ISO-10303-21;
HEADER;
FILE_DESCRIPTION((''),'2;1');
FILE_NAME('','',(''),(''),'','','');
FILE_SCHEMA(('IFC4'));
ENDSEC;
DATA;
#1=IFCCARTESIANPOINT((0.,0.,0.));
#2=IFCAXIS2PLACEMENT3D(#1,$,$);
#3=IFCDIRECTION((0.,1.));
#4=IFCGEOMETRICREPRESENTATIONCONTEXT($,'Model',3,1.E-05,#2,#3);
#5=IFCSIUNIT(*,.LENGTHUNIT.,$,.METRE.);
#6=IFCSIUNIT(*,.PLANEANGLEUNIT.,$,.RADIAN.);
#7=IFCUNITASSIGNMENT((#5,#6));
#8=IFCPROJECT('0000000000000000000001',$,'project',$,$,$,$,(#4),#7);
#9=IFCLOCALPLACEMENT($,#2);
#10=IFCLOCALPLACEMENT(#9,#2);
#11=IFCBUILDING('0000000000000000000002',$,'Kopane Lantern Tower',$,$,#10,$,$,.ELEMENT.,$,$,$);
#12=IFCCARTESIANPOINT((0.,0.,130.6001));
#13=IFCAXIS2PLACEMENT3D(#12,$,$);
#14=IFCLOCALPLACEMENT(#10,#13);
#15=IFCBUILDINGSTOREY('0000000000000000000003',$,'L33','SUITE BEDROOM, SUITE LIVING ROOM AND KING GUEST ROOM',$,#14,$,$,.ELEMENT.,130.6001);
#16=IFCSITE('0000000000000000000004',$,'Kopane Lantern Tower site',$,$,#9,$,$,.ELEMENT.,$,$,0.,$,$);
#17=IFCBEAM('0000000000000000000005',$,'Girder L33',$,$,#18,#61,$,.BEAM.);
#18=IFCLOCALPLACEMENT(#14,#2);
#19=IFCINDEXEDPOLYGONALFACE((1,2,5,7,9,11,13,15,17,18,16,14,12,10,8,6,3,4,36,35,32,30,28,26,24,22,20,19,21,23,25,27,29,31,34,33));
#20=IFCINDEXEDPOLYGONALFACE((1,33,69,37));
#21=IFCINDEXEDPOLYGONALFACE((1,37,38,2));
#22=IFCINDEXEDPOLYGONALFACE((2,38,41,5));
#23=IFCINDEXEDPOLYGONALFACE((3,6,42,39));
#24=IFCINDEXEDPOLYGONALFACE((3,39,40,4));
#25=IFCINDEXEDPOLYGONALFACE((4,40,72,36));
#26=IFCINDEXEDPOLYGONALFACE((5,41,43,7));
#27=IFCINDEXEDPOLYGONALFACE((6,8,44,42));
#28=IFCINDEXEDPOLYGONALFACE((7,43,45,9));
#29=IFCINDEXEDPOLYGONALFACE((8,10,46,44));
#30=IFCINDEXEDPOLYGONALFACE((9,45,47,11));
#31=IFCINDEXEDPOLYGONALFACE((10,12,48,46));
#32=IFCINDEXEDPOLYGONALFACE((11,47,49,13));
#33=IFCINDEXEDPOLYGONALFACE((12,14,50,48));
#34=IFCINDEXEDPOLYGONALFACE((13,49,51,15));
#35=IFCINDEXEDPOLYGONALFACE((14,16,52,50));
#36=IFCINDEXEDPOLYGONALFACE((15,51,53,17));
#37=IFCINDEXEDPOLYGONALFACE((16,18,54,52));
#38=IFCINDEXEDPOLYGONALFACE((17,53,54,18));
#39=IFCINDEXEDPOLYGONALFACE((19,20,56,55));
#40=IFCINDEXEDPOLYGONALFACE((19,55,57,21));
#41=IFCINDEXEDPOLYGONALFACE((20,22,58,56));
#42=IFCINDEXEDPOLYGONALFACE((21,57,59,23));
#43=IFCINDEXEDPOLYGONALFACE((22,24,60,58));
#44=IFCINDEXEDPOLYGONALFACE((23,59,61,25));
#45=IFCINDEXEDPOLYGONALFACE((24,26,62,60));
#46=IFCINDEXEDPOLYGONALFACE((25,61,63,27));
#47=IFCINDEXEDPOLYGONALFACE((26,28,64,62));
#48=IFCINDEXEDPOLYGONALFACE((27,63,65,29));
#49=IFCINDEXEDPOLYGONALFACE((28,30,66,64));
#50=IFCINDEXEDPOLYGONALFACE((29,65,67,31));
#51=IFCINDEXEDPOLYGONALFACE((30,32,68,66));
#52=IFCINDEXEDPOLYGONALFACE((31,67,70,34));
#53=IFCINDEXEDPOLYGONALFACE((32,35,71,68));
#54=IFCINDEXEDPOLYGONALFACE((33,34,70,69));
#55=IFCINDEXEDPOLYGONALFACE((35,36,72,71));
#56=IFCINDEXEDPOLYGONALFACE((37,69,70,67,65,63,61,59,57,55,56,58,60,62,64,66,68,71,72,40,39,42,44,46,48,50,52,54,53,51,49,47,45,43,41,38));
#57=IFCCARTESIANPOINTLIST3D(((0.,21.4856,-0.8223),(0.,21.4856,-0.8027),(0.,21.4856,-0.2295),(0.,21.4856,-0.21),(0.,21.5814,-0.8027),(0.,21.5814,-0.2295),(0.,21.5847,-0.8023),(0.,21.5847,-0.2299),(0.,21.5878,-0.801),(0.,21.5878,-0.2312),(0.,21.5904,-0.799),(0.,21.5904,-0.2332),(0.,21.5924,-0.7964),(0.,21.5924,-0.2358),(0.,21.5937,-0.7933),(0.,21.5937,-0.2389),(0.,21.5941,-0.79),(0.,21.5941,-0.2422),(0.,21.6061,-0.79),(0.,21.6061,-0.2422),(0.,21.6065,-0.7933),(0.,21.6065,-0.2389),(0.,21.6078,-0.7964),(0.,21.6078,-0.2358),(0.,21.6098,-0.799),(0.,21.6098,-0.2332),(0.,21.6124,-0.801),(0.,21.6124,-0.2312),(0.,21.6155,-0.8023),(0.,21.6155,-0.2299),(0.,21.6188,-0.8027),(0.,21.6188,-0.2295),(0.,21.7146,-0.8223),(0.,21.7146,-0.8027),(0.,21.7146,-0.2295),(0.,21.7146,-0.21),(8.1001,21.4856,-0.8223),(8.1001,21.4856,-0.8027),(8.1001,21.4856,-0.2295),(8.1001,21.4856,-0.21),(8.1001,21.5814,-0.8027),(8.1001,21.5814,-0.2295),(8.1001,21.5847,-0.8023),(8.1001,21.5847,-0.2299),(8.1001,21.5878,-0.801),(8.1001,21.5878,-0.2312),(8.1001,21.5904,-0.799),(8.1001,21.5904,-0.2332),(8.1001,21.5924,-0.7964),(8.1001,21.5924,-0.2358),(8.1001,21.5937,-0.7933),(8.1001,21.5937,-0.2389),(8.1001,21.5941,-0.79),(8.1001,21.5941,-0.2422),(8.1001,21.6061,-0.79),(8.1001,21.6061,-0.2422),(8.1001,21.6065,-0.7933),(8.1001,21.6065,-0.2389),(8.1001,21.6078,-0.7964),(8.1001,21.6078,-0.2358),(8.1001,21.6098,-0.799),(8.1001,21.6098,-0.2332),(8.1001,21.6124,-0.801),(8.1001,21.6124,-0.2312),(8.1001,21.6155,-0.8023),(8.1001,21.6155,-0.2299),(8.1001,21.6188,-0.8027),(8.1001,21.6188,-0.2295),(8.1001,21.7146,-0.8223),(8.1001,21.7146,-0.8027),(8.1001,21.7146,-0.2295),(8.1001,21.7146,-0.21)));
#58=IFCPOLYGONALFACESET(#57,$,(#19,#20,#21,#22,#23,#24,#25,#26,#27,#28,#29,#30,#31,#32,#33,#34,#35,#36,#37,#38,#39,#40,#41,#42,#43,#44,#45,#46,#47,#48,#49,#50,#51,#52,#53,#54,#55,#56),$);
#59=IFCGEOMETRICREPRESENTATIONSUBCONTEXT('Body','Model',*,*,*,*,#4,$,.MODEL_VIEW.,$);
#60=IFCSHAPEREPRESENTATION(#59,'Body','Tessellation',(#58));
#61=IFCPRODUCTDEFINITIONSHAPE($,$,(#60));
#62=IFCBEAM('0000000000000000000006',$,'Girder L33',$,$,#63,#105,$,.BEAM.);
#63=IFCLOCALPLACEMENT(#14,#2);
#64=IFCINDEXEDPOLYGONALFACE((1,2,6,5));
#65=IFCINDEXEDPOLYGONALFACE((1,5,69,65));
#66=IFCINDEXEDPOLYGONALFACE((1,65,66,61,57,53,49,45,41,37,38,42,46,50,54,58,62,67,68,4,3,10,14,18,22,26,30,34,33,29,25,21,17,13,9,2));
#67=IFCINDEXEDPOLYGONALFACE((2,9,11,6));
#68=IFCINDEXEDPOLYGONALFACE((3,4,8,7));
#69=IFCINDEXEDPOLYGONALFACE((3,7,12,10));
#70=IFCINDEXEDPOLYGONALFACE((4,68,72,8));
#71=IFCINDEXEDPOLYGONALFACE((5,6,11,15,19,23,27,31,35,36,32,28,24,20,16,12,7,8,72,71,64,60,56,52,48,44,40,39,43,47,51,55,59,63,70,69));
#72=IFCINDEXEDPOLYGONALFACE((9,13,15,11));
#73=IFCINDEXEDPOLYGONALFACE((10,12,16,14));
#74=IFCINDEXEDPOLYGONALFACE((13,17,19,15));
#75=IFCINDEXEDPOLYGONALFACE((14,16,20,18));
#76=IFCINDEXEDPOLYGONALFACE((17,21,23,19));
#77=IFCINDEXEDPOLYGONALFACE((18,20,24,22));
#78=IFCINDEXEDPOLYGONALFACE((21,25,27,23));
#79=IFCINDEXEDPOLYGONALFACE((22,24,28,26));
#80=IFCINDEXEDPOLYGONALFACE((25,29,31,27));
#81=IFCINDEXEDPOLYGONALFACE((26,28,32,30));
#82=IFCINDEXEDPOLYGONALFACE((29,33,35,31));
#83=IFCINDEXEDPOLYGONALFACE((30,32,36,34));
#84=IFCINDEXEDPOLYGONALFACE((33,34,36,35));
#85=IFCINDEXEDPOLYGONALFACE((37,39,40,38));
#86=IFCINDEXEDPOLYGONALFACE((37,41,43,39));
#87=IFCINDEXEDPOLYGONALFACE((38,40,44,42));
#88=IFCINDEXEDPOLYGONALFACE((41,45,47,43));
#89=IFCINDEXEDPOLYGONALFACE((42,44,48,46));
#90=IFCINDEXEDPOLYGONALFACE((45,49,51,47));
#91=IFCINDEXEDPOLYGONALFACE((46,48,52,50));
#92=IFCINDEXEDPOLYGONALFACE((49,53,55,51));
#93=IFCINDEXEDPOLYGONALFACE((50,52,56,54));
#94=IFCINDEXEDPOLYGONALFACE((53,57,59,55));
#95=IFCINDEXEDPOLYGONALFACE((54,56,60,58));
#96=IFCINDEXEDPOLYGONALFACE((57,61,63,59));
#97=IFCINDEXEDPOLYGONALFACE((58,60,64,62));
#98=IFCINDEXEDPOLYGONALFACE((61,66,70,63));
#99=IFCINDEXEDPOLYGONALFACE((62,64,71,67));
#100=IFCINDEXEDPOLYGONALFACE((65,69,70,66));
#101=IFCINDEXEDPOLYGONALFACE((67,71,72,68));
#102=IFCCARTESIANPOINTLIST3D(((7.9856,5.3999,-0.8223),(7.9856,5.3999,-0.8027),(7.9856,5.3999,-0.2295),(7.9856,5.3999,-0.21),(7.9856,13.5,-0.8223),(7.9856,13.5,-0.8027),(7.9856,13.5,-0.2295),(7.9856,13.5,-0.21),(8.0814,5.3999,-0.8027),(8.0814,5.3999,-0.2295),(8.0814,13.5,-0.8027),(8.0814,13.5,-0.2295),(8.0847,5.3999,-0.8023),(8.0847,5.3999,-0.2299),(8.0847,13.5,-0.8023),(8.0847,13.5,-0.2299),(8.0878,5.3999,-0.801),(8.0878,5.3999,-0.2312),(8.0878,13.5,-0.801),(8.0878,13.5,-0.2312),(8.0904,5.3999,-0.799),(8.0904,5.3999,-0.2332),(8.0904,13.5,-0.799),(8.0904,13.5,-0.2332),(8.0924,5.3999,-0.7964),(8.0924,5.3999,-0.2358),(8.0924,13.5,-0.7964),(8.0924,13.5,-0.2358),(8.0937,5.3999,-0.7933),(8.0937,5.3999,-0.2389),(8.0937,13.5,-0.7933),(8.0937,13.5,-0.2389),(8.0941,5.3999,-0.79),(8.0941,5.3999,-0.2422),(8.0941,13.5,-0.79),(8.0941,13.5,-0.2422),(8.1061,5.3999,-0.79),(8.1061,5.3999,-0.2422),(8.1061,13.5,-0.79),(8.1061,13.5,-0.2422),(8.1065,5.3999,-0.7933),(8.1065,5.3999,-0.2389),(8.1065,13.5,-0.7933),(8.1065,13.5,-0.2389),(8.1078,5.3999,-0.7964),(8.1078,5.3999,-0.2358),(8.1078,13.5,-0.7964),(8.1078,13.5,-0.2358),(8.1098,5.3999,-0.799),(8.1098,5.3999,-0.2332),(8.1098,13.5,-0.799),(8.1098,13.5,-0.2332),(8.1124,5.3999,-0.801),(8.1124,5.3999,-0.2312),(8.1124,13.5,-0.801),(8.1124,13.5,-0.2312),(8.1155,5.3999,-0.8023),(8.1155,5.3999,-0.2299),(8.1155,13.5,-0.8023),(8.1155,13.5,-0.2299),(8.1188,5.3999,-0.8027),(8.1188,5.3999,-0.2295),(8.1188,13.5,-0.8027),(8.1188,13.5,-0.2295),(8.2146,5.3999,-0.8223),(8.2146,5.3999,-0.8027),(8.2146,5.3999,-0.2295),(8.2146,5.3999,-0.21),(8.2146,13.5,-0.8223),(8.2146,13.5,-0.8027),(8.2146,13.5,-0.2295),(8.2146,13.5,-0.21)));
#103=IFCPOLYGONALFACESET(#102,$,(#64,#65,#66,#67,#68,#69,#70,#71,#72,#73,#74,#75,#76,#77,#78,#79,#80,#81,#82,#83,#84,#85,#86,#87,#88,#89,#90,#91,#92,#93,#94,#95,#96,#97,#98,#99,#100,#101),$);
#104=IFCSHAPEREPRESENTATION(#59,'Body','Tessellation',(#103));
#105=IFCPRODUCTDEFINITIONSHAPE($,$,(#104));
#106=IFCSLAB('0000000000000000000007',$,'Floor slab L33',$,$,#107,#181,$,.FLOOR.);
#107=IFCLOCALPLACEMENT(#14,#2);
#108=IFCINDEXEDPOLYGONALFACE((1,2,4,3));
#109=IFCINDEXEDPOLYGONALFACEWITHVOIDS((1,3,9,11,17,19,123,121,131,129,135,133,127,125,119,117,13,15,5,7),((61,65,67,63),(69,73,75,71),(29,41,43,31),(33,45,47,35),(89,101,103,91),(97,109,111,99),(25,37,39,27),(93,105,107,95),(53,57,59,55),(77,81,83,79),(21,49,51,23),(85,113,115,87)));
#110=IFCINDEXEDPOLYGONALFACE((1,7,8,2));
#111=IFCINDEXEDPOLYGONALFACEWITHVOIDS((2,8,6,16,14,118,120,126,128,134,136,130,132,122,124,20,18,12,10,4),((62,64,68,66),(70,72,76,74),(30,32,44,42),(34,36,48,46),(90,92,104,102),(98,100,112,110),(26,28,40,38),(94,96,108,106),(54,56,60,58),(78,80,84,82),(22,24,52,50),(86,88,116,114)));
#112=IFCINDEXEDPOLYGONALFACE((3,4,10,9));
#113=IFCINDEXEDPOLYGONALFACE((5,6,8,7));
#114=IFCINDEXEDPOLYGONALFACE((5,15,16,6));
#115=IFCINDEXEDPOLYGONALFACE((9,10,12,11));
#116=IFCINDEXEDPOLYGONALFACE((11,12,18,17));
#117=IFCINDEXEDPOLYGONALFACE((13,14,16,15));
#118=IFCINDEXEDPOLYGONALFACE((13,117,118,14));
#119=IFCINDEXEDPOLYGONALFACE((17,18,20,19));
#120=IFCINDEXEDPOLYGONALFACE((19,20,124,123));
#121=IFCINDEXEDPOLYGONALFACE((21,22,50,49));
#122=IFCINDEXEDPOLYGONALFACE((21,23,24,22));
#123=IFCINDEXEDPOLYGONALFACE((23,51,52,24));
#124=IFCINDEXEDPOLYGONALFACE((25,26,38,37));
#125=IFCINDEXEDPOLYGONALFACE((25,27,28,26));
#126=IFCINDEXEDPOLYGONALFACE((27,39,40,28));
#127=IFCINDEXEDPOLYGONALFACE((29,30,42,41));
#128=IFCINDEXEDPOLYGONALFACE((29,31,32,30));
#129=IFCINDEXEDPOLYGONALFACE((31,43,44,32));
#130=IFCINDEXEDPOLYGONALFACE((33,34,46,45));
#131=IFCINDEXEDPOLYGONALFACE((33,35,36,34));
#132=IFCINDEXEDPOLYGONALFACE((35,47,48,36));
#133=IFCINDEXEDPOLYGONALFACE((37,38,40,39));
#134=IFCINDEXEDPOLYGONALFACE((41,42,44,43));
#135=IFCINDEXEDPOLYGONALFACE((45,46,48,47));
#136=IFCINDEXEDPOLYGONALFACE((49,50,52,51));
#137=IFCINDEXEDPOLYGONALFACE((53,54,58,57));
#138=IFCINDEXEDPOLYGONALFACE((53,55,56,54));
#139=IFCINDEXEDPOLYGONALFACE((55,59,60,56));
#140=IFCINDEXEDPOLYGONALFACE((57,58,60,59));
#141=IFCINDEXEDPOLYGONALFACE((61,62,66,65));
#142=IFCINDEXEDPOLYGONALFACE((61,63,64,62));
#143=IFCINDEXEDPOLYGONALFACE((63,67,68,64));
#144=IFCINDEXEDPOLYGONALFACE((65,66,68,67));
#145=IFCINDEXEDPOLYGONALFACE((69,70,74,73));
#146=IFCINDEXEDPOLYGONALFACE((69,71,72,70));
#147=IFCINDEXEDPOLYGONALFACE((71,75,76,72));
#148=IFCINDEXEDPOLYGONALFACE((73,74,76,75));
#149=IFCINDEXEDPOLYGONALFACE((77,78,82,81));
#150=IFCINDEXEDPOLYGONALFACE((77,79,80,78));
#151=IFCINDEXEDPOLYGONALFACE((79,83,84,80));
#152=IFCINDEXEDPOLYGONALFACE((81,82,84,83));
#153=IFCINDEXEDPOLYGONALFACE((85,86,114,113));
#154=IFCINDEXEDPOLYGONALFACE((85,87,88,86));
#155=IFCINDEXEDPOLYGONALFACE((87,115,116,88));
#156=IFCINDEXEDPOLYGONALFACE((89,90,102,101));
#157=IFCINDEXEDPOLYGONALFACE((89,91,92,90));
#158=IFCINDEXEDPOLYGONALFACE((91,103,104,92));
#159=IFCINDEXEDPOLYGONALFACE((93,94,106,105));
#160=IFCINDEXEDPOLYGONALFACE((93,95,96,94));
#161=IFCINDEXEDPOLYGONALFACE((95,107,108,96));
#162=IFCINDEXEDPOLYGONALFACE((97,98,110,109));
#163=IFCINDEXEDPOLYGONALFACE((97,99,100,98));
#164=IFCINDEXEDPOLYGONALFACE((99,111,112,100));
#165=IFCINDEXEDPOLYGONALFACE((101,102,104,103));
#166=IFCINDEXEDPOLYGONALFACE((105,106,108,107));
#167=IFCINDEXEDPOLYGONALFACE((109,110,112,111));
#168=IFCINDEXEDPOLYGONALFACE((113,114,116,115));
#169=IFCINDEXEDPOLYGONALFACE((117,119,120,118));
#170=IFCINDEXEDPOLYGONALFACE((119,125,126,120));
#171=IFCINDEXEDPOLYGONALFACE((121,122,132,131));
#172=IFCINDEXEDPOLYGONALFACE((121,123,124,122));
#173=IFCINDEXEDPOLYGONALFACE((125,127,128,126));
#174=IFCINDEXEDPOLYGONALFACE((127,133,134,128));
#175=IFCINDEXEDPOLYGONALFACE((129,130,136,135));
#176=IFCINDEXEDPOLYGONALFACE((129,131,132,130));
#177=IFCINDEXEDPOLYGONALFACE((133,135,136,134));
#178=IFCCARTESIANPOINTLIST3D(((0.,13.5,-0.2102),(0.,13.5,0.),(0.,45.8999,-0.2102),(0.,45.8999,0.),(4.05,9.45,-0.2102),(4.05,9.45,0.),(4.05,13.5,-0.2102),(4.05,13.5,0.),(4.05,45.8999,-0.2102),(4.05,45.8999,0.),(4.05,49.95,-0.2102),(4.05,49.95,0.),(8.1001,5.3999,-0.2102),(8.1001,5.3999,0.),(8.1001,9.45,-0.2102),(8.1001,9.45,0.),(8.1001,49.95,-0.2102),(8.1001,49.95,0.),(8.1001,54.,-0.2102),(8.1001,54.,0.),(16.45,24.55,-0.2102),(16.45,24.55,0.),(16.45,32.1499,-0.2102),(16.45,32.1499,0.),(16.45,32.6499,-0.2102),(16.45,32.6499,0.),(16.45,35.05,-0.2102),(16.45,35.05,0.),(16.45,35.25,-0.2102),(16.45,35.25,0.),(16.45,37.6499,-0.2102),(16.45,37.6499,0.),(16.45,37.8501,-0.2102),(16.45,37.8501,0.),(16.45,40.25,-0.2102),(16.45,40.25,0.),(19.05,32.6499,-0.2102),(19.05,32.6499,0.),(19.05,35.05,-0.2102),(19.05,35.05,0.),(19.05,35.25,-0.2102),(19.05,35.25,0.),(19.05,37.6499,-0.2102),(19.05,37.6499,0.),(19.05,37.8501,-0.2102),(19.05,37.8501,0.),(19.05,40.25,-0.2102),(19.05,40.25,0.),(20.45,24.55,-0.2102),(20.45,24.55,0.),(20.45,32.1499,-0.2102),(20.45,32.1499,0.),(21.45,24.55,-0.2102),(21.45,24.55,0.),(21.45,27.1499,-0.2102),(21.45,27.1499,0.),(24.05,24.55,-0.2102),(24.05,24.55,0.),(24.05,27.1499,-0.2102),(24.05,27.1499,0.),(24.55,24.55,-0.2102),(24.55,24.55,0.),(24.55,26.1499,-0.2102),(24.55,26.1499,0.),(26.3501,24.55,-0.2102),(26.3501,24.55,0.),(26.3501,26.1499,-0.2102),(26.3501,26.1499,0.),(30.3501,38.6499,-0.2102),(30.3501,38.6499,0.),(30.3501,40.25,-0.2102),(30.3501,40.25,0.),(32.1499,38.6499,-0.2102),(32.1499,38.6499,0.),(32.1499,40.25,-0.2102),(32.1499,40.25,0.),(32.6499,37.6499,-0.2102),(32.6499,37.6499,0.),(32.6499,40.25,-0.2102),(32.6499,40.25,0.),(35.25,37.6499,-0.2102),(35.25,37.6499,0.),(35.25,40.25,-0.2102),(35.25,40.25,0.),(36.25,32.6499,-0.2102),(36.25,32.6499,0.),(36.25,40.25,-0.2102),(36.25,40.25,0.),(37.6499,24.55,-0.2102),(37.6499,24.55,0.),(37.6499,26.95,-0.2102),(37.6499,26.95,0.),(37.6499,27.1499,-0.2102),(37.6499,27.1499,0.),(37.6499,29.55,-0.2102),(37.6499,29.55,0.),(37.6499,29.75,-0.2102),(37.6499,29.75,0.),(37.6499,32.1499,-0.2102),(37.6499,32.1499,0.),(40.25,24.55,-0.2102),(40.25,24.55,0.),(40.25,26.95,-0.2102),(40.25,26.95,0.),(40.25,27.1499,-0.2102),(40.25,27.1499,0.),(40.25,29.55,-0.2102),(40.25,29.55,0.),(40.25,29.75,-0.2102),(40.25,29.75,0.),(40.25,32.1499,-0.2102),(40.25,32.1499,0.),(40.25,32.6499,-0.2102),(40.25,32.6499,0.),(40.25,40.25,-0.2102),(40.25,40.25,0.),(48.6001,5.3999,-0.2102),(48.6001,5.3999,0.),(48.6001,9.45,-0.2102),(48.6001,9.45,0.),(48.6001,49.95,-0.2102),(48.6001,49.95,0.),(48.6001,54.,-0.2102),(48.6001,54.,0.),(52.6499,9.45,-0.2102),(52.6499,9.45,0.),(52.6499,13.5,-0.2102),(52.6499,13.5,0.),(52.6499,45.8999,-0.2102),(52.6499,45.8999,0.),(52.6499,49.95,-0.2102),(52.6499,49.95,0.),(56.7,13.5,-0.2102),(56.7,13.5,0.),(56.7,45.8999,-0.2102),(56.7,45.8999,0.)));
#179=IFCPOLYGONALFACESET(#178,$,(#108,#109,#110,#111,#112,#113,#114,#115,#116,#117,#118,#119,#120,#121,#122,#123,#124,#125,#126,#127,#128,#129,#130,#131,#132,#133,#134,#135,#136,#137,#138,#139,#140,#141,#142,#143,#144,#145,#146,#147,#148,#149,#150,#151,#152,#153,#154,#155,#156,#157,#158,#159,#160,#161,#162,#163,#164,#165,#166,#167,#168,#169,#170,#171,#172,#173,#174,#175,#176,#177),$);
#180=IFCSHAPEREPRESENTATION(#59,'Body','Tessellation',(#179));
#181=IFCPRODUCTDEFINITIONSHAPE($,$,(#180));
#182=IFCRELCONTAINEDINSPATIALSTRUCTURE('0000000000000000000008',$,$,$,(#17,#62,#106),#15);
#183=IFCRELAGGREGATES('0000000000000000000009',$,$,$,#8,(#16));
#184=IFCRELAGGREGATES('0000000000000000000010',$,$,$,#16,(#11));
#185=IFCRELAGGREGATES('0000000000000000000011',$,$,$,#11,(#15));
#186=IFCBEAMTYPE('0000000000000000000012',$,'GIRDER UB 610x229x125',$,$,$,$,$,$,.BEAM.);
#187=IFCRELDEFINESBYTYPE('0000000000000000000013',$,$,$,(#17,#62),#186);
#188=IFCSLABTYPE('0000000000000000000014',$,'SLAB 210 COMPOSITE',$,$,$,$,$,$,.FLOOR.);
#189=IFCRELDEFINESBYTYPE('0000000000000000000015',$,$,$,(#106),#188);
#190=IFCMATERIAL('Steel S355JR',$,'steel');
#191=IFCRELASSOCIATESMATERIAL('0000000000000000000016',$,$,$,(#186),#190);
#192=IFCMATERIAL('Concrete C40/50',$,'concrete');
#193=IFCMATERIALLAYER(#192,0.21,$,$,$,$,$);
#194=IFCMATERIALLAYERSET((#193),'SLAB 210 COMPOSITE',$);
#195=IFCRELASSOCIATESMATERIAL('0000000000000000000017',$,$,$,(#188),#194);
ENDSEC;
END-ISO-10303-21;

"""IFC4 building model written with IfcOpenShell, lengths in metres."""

from ifc_helpers import new_model, si_unit, direction, frame, origin, origin_2d, place, context, subcontext, project, spatial, polyline, i_section, outline, extrude, material, layer, layer_set, material_profile, profile_set, type_object, element, save


model = new_model("IFC4")

# Units and contexts
model_context = context("Model", 3, precision=1e-05, world=origin(), true_north=direction((0.0, 1.0)))
body_context = subcontext(model_context, "Body", "Model", "MODEL_VIEW")
ifc_project = project(units=[si_unit("LENGTHUNIT", "METRE"), si_unit("PLANEANGLEUNIT", "RADIAN")], contexts=[model_context])

# Site, building, storey
site_placement = place(None, origin())
site = spatial("IfcSite", under=ifc_project, at=site_placement, Name="Kopane Lantern Tower site", CompositionType="ELEMENT", RefElevation=0.0)
building_placement = place(site_placement, origin())
building = spatial("IfcBuilding", under=site, at=building_placement, Name="Kopane Lantern Tower", CompositionType="ELEMENT")
storey_placement = place(building_placement, frame((0.0, 0.0, 130.6001)))
storey = spatial("IfcBuildingStorey", under=building, at=storey_placement, Name="L33", Description="SUITE BEDROOM, SUITE LIVING ROOM AND KING GUEST ROOM", CompositionType="ELEMENT", Elevation=130.6001)

# Beams
ifc_material_1 = material(Name="Steel S355JR", Category="steel")
ifc_material_profile_1 = material_profile(ifc_material_1, i_section(OverallWidth=0.229, OverallDepth=0.6123, WebThickness=0.012, FlangeThickness=0.0195, FilletRadius=0.0127, at=origin_2d()), Name="UB 610x229x125")
ifc_profile_set_1 = profile_set([ifc_material_profile_1], Name="Steel S355JR")
beam_type_1 = type_object("IfcBeamType", Name="GIRDER UB 610x229x125", PredefinedType="BEAM", material=ifc_profile_set_1)
for number, where, z_axis, x_axis, name in (
    (1, (0.0, 21.6001, -0.5161), (1.0, 0.0, 0.0), (0.0, 1.0, 0.0), "Girder L33"),
    (2, (8.1001, 5.3999, -0.5161), (0.0, 1.0, 0.0), (-1.0, 0.0, 0.0), "Girder L33"),
):
    element("IfcBeam", number, at=place(storey_placement, frame(where, z_axis=z_axis, x_axis=x_axis)), inside=storey, type_object=beam_type_1, Name=name, PredefinedType="BEAM", context=body_context, shape_type="SweptSolid", body=[
        extrude(i_section(OverallWidth=0.229, OverallDepth=0.6123, WebThickness=0.012, FlangeThickness=0.0195, FilletRadius=0.0127, at=origin_2d()), origin(), (0.0, 0.0, 1.0), 8.1001),
    ])

# Slab
ifc_material_2 = material(Name="Concrete C40/50", Category="concrete")
ifc_layer_1 = layer(ifc_material_2, 0.21)
ifc_layer_set_1 = layer_set([ifc_layer_1], Name="SLAB 210 COMPOSITE")
slab_type_1 = type_object("IfcSlabType", Name="SLAB 210 COMPOSITE", PredefinedType="FLOOR", material=ifc_layer_set_1)
slab_1_placement = place(storey_placement, frame((0.0, 0.0, -0.2102)))
element("IfcSlab", 3, at=slab_1_placement, inside=storey, type_object=slab_type_1, Name="Floor slab L33", PredefinedType="FLOOR", context=body_context, shape_type="SweptSolid", body=[
    extrude(outline(polyline([(8.1001, 5.3999), (48.6001, 5.3999), (48.6001, 9.45), (52.6499, 9.45), (52.6499, 13.5), (56.7, 13.5), (56.7, 45.8999), (52.6499, 45.8999), (52.6499, 49.95), (48.6001, 49.95), (48.6001, 54.0), (8.1001, 54.0), (8.1001, 49.95), (4.05, 49.95), (4.05, 45.8999), (0.0, 45.8999), (0.0, 13.5), (4.05, 13.5), (4.05, 9.45), (8.1001, 9.45), (8.1001, 5.3999)]), holes=[polyline([(16.45, 24.55), (20.45, 24.55), (20.45, 32.1499), (16.45, 32.1499), (16.45, 24.55)]), polyline([(36.25, 32.6499), (40.25, 32.6499), (40.25, 40.25), (36.25, 40.25), (36.25, 32.6499)]), polyline([(16.45, 32.6499), (19.05, 32.6499), (19.05, 35.05), (16.45, 35.05), (16.45, 32.6499)]), polyline([(16.45, 35.25), (19.05, 35.25), (19.05, 37.6499), (16.45, 37.6499), (16.45, 35.25)]), polyline([(16.45, 37.8501), (19.05, 37.8501), (19.05, 40.25), (16.45, 40.25), (16.45, 37.8501)]), polyline([(37.6499, 24.55), (40.25, 24.55), (40.25, 26.95), (37.6499, 26.95), (37.6499, 24.55)]), polyline([(37.6499, 27.1499), (40.25, 27.1499), (40.25, 29.55), (37.6499, 29.55), (37.6499, 27.1499)]), polyline([(37.6499, 29.75), (40.25, 29.75), (40.25, 32.1499), (37.6499, 32.1499), (37.6499, 29.75)]), polyline([(21.45, 24.55), (24.05, 24.55), (24.05, 27.1499), (21.45, 27.1499), (21.45, 24.55)]), polyline([(32.6499, 37.6499), (35.25, 37.6499), (35.25, 40.25), (32.6499, 40.25), (32.6499, 37.6499)]), polyline([(24.55, 24.55), (26.3501, 24.55), (26.3501, 26.1499), (24.55, 26.1499), (24.55, 24.55)]), polyline([(30.3501, 38.6499), (32.1499, 38.6499), (32.1499, 40.25), (30.3501, 40.25), (30.3501, 38.6499)])]), origin(), (0.0, 0.0, 1.0), 0.2102),
])

save(model, "model.ifc")
